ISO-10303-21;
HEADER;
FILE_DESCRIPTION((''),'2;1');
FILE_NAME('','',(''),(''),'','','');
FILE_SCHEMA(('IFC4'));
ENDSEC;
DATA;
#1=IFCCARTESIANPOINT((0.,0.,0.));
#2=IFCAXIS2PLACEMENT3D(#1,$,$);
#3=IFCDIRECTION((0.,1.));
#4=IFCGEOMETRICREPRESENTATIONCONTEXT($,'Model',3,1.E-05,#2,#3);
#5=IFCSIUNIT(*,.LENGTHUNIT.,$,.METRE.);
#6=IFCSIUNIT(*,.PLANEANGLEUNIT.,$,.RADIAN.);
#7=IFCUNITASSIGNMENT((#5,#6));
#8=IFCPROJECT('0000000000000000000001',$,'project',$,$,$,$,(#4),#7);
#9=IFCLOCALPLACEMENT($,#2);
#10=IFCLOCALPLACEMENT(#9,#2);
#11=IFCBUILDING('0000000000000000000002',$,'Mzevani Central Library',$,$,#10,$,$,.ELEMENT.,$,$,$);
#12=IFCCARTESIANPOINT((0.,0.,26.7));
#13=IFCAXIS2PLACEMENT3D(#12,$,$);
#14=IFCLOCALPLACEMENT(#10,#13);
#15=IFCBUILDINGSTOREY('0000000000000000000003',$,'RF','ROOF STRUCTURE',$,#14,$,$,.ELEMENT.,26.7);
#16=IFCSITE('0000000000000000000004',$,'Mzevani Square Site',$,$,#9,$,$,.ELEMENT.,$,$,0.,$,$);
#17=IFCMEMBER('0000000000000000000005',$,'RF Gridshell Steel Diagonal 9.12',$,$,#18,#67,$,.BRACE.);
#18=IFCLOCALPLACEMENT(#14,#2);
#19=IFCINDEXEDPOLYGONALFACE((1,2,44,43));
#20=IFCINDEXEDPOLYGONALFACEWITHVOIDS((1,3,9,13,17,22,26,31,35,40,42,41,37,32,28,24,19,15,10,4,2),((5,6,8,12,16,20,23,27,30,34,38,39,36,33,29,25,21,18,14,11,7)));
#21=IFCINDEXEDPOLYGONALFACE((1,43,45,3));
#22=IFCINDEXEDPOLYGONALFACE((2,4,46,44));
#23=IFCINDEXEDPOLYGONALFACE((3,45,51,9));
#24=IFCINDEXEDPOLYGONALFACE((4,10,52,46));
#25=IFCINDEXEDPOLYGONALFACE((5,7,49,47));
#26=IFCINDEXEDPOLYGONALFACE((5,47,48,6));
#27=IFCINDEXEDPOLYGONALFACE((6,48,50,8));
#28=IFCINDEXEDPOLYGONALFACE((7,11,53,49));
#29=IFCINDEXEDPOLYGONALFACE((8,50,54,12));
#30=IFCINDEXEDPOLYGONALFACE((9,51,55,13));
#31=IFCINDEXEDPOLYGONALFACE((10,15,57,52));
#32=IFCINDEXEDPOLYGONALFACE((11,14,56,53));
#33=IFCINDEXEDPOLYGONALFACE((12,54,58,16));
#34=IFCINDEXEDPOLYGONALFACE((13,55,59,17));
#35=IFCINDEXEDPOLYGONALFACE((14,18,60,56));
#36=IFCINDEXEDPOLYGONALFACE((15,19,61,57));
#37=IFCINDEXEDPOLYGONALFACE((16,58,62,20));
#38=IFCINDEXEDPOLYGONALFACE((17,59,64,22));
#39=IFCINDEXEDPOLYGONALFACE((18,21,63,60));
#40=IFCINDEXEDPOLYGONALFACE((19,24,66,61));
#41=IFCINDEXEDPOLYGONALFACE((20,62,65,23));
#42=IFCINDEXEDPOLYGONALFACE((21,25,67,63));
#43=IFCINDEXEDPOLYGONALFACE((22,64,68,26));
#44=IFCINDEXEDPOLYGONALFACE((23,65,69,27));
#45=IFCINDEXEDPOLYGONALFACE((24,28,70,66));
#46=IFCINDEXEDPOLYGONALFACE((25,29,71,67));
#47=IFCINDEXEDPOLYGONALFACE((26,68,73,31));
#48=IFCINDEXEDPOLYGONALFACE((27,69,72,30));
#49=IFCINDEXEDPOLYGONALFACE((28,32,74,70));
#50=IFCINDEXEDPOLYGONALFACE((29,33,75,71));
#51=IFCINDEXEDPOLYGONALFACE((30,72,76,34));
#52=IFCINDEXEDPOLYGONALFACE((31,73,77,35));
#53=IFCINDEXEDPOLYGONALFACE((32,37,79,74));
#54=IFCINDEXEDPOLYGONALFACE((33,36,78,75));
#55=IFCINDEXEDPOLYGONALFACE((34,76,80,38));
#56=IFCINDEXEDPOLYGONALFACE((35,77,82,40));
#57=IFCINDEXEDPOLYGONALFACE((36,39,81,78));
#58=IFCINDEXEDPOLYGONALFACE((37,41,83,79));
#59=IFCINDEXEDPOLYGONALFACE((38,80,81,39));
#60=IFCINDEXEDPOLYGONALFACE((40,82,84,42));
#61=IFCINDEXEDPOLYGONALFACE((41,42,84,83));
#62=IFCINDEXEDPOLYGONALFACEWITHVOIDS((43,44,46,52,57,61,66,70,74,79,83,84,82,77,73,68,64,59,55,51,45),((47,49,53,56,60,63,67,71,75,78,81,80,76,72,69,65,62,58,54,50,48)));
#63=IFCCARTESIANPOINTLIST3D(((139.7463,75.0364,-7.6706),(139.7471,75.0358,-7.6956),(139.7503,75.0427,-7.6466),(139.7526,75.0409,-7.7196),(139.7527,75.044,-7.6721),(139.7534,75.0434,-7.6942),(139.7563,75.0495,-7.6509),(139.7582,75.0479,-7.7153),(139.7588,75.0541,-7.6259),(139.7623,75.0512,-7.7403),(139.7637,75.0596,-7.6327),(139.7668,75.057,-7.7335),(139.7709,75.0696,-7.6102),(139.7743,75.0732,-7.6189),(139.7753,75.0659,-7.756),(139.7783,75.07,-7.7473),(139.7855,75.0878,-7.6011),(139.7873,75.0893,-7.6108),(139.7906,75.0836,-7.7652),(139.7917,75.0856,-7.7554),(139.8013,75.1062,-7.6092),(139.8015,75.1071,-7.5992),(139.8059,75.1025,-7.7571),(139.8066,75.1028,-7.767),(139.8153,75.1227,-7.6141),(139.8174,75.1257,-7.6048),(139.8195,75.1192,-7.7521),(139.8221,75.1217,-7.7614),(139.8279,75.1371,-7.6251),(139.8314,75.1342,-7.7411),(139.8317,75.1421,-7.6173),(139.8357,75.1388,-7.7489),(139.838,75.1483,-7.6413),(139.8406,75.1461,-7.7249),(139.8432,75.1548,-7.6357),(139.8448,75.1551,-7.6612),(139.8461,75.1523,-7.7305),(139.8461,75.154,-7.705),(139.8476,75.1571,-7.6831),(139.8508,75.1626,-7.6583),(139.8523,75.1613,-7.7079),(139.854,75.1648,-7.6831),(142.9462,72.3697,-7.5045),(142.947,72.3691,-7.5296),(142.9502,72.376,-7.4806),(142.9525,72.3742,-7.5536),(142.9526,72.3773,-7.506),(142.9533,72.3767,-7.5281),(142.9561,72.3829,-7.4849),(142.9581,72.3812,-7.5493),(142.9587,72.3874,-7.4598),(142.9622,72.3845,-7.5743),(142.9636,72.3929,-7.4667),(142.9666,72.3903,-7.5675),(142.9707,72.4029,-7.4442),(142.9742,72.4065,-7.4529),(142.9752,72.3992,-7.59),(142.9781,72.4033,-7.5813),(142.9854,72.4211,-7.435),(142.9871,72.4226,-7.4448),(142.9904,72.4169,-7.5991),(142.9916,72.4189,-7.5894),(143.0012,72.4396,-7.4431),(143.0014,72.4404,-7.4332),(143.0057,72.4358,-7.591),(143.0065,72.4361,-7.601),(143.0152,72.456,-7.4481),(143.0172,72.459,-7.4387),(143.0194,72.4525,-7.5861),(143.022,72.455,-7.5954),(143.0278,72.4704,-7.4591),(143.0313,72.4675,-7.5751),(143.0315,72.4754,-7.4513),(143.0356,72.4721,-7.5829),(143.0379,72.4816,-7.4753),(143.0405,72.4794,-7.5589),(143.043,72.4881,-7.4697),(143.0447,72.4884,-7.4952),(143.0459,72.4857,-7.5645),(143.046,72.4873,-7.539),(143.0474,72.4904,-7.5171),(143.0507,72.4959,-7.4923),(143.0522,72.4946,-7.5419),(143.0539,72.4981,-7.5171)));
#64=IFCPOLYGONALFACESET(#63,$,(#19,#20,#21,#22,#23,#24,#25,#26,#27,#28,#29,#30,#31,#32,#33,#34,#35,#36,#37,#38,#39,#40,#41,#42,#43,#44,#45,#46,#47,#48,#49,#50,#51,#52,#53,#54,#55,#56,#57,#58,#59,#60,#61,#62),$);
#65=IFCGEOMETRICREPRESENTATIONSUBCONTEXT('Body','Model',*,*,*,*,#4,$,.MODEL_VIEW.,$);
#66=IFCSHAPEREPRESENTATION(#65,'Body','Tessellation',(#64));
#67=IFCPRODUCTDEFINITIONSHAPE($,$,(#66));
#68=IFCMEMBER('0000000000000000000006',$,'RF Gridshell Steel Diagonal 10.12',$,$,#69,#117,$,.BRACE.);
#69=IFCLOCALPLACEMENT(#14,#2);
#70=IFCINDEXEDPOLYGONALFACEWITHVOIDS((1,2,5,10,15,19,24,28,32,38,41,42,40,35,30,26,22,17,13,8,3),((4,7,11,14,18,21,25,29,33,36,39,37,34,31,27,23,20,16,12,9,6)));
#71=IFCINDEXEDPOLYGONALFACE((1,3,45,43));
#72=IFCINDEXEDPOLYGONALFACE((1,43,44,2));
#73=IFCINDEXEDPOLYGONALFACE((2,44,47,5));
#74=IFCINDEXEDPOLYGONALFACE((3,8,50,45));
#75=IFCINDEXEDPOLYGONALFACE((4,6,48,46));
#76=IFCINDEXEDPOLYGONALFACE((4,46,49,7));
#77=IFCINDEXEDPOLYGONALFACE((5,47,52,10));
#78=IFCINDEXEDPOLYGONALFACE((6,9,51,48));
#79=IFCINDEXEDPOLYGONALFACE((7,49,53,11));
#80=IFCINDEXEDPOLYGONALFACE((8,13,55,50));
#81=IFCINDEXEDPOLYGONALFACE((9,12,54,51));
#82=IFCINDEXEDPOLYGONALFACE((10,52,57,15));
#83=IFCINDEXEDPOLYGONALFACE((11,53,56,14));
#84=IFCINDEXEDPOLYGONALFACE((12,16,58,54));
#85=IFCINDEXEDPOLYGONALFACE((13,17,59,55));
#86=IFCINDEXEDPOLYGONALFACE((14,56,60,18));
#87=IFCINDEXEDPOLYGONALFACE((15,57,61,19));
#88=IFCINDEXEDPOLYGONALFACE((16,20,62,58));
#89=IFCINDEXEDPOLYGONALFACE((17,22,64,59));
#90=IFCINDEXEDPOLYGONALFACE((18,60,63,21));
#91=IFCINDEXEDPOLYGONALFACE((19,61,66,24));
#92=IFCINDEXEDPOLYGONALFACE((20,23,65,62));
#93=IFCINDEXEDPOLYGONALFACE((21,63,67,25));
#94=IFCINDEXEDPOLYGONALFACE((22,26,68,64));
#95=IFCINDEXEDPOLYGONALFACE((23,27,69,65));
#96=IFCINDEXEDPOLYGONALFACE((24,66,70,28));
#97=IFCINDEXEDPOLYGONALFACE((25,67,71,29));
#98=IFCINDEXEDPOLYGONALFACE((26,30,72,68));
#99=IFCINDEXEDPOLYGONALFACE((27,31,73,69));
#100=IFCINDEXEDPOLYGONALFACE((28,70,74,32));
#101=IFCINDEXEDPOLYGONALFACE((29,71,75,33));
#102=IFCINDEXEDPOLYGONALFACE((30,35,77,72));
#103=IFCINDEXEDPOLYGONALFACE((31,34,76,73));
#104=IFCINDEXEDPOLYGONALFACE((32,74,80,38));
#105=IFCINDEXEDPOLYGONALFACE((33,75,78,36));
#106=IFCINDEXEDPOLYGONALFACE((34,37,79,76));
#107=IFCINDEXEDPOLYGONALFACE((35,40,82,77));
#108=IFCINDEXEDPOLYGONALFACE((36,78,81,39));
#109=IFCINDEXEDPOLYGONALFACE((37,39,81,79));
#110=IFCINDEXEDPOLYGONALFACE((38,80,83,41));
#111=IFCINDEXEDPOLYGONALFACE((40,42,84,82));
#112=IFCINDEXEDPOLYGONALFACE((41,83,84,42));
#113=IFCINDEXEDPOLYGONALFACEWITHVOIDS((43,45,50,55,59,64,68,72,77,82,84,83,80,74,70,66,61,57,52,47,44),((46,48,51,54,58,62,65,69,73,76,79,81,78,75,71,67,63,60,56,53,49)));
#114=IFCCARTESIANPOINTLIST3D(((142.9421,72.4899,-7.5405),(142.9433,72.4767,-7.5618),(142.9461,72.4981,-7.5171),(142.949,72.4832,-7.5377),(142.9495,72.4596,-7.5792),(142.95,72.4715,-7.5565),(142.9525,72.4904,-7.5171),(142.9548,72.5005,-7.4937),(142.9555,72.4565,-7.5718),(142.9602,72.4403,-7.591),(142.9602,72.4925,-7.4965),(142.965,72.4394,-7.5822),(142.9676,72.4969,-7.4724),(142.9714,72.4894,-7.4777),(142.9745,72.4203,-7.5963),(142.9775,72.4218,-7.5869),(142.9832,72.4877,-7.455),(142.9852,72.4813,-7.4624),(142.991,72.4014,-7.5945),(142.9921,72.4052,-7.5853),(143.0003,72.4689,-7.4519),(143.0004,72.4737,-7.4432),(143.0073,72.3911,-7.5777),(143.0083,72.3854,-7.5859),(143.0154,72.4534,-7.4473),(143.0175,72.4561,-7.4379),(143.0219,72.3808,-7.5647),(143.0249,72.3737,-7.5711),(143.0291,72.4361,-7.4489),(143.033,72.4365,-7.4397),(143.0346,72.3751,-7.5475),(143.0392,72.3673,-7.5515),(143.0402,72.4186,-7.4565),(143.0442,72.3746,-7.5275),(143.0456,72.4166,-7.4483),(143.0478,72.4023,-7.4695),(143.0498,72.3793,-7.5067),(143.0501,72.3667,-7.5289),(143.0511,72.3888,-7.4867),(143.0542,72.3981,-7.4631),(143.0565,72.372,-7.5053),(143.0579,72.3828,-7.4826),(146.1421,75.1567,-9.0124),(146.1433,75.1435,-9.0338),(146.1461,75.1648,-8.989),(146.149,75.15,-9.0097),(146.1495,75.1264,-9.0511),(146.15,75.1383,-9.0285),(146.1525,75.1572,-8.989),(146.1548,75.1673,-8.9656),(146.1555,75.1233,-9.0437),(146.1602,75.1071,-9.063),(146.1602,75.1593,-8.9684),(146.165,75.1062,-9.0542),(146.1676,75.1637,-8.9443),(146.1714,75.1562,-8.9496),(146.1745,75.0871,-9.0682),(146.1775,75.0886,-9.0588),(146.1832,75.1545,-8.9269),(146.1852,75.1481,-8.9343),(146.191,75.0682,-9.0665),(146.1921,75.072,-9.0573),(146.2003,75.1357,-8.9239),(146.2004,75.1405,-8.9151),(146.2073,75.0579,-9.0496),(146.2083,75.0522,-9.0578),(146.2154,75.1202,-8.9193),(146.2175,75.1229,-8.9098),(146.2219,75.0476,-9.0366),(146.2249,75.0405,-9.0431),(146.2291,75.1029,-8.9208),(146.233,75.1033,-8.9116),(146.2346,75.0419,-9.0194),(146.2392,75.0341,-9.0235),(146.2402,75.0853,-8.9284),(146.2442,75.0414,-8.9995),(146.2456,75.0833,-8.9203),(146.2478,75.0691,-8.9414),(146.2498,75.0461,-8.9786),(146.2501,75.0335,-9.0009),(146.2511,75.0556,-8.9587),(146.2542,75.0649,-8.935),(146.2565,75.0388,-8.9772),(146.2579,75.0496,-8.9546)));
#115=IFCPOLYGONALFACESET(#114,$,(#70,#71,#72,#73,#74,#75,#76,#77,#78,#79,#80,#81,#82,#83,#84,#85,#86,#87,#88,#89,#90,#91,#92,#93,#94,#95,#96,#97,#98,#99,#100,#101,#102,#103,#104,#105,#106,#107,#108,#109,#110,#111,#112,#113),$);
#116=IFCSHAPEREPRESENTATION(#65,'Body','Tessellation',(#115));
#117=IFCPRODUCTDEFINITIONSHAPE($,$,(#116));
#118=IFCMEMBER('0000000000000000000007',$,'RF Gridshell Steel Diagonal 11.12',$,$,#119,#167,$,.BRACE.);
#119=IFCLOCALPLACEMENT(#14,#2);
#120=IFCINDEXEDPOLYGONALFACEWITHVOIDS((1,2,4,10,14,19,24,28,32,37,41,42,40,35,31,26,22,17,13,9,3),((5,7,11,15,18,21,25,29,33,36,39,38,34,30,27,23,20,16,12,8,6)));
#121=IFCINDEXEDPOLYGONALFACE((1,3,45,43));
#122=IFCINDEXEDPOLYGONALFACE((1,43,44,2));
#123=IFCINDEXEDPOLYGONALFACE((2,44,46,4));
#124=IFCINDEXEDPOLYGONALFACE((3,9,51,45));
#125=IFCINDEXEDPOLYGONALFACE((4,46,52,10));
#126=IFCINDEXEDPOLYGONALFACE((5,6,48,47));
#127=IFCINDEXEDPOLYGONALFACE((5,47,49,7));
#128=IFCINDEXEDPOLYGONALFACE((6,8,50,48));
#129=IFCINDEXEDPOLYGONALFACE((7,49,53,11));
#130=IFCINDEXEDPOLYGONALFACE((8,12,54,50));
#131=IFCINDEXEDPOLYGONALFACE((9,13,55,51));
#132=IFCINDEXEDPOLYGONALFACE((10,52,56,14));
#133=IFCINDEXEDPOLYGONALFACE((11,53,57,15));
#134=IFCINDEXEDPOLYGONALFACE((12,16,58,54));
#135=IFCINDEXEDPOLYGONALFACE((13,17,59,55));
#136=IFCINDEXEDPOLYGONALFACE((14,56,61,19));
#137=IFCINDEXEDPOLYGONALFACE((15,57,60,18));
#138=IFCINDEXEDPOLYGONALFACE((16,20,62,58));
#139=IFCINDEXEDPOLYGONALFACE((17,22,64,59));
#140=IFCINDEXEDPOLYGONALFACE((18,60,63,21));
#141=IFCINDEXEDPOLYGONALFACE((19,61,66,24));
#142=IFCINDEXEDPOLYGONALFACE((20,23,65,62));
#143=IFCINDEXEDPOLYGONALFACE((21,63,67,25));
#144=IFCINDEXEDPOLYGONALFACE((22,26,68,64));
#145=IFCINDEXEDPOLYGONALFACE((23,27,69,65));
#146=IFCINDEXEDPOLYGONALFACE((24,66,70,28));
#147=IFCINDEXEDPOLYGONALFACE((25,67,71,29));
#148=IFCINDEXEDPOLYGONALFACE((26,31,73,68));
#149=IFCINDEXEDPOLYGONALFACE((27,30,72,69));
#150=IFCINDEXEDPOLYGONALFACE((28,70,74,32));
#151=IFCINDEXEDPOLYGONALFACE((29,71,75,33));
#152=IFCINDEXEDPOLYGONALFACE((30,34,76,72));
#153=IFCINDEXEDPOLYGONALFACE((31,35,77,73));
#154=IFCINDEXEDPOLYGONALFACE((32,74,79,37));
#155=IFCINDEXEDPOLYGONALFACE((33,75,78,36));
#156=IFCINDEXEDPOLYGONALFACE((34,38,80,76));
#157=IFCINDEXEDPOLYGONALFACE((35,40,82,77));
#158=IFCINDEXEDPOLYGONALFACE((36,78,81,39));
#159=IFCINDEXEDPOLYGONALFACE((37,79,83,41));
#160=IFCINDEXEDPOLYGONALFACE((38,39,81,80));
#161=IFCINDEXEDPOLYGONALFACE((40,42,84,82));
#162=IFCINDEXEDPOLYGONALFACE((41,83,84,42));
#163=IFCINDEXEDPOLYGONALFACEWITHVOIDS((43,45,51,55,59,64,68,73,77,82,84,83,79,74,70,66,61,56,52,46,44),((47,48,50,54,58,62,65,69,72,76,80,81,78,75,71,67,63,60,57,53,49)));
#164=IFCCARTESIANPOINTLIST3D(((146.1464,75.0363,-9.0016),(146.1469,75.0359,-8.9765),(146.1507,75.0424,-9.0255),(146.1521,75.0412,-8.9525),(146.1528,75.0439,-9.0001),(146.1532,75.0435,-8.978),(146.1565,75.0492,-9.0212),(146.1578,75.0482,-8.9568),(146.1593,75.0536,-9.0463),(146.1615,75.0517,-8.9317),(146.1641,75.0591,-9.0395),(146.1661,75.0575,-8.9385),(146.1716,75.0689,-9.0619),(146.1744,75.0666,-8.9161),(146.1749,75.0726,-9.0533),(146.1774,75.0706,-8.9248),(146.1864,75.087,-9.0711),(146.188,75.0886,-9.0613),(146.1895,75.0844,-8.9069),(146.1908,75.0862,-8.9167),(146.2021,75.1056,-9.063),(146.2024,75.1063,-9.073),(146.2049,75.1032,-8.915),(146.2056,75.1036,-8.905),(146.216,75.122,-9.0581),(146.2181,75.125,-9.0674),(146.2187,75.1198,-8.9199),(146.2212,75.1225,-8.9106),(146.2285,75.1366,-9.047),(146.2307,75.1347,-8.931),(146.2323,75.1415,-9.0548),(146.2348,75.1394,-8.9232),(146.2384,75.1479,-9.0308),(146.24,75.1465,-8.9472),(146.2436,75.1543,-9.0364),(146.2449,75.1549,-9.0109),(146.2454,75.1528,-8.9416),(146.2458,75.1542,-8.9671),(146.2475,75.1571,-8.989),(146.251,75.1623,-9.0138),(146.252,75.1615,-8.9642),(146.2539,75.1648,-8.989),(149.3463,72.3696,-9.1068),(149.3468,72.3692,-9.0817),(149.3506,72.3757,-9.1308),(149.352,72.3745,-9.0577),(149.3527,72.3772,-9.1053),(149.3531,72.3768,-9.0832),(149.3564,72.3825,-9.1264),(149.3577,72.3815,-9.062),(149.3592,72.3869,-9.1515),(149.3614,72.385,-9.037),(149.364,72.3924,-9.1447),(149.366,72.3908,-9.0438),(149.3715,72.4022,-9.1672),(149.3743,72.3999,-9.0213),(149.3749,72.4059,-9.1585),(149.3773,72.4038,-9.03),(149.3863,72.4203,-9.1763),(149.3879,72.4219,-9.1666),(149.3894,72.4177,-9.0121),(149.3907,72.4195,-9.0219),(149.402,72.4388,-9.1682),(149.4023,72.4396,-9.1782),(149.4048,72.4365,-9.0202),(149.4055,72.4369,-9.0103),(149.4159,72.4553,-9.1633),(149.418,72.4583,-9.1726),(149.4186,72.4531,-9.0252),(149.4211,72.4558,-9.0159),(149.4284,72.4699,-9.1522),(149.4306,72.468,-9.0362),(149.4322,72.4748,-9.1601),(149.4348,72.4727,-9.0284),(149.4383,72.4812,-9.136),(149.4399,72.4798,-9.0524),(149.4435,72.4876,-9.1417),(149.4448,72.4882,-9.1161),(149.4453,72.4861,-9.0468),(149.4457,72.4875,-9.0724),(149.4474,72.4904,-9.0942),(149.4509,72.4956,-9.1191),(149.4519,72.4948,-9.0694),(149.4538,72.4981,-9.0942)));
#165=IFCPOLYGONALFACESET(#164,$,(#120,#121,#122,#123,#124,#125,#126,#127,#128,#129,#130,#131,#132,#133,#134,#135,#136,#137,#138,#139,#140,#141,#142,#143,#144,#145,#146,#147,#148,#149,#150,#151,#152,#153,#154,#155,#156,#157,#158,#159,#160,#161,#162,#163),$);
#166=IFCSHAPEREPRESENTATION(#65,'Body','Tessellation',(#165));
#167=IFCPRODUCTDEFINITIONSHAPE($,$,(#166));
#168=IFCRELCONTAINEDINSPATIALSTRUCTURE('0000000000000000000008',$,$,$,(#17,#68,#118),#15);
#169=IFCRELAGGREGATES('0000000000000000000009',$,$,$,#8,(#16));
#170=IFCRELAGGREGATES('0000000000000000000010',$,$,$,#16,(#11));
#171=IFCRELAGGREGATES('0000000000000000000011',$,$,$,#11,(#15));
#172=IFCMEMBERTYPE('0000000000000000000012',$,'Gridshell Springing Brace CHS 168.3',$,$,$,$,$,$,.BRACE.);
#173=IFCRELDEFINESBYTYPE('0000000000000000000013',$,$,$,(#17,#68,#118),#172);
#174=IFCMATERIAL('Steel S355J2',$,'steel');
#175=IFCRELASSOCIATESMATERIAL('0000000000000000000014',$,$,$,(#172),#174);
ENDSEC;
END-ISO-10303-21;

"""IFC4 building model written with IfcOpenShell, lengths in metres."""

from ifc_helpers import new_model, si_unit, direction, frame, origin, origin_2d, place, context, subcontext, project, spatial, hollow_circle, extrude, material, material_profile, profile_set, type_object, element, save


model = new_model("IFC4")

# Units and contexts
model_context = context("Model", 3, precision=1e-05, world=origin(), true_north=direction((0.0, 1.0)))
body_context = subcontext(model_context, "Body", "Model", "MODEL_VIEW")
ifc_project = project(units=[si_unit("LENGTHUNIT", "METRE"), si_unit("PLANEANGLEUNIT", "RADIAN")], contexts=[model_context])

# Site, building, storey
site_placement = place(None, origin())
site = spatial("IfcSite", under=ifc_project, at=site_placement, Name="Mzevani Square Site", CompositionType="ELEMENT", RefElevation=0.0)
building_placement = place(site_placement, origin())
building = spatial("IfcBuilding", under=site, at=building_placement, Name="Mzevani Central Library", CompositionType="ELEMENT")
storey_placement = place(building_placement, frame((0.0, 0.0, 26.7)))
storey = spatial("IfcBuildingStorey", under=building, at=storey_placement, Name="RF", Description="ROOF STRUCTURE", CompositionType="ELEMENT", Elevation=26.7)

# Shared definitions
ifc_material_1 = material(Name="Steel S355J2", Category="steel")

# Members
ifc_material_profile_1 = material_profile(ifc_material_1, hollow_circle(Radius=0.0842, WallThickness=0.01, at=origin_2d()), Name="CHS 168.3x10.0")
ifc_profile_set_1 = profile_set([ifc_material_profile_1], Name="Steel S355J2")
member_type_1 = type_object("IfcMemberType", Name="Gridshell Springing Brace CHS 168.3", PredefinedType="BRACE", material=ifc_profile_set_1)
member_1_placement = place(storey_placement, frame((139.8, 75.1001, -7.6831), z_axis=(0.767597, -0.639694, 0.039823), x_axis=(0.640202, 0.768207, 0.0)))
element("IfcMember", 1, at=member_1_placement, inside=storey, type_object=member_type_1, Name="RF Gridshell Steel Diagonal 9.12", PredefinedType="BRACE", context=body_context, shape_type="SweptSolid", body=[
    extrude(hollow_circle(Radius=0.0842, WallThickness=0.01, at=origin_2d()), origin(), (0.0, 0.0, 1.0), 4.1687),
])
member_2_placement = place(storey_placement, frame((143.0, 72.4333, -7.5171), z_axis=(0.724316, 0.603624, -0.333173), x_axis=(-0.640202, 0.768207, 0.0)))
element("IfcMember", 2, at=member_2_placement, inside=storey, type_object=member_type_1, Name="RF Gridshell Steel Diagonal 10.12", PredefinedType="BRACE", context=body_context, shape_type="SweptSolid", body=[
    extrude(hollow_circle(Radius=0.0842, WallThickness=0.01, at=origin_2d()), origin(), (0.0, 0.0, 1.0), 4.418),
])
member_3_placement = place(storey_placement, frame((146.2, 75.1001, -8.989), z_axis=(0.767962, -0.639998, -0.025253), x_axis=(0.640202, 0.768207, 0.0)))
element("IfcMember", 3, at=member_3_placement, inside=storey, type_object=member_type_1, Name="RF Gridshell Steel Diagonal 11.12", PredefinedType="BRACE", context=body_context, shape_type="SweptSolid", body=[
    extrude(hollow_circle(Radius=0.0842, WallThickness=0.01, at=origin_2d()), origin(), (0.0, 0.0, 1.0), 4.1667),
])

save(model, "model.ifc")
